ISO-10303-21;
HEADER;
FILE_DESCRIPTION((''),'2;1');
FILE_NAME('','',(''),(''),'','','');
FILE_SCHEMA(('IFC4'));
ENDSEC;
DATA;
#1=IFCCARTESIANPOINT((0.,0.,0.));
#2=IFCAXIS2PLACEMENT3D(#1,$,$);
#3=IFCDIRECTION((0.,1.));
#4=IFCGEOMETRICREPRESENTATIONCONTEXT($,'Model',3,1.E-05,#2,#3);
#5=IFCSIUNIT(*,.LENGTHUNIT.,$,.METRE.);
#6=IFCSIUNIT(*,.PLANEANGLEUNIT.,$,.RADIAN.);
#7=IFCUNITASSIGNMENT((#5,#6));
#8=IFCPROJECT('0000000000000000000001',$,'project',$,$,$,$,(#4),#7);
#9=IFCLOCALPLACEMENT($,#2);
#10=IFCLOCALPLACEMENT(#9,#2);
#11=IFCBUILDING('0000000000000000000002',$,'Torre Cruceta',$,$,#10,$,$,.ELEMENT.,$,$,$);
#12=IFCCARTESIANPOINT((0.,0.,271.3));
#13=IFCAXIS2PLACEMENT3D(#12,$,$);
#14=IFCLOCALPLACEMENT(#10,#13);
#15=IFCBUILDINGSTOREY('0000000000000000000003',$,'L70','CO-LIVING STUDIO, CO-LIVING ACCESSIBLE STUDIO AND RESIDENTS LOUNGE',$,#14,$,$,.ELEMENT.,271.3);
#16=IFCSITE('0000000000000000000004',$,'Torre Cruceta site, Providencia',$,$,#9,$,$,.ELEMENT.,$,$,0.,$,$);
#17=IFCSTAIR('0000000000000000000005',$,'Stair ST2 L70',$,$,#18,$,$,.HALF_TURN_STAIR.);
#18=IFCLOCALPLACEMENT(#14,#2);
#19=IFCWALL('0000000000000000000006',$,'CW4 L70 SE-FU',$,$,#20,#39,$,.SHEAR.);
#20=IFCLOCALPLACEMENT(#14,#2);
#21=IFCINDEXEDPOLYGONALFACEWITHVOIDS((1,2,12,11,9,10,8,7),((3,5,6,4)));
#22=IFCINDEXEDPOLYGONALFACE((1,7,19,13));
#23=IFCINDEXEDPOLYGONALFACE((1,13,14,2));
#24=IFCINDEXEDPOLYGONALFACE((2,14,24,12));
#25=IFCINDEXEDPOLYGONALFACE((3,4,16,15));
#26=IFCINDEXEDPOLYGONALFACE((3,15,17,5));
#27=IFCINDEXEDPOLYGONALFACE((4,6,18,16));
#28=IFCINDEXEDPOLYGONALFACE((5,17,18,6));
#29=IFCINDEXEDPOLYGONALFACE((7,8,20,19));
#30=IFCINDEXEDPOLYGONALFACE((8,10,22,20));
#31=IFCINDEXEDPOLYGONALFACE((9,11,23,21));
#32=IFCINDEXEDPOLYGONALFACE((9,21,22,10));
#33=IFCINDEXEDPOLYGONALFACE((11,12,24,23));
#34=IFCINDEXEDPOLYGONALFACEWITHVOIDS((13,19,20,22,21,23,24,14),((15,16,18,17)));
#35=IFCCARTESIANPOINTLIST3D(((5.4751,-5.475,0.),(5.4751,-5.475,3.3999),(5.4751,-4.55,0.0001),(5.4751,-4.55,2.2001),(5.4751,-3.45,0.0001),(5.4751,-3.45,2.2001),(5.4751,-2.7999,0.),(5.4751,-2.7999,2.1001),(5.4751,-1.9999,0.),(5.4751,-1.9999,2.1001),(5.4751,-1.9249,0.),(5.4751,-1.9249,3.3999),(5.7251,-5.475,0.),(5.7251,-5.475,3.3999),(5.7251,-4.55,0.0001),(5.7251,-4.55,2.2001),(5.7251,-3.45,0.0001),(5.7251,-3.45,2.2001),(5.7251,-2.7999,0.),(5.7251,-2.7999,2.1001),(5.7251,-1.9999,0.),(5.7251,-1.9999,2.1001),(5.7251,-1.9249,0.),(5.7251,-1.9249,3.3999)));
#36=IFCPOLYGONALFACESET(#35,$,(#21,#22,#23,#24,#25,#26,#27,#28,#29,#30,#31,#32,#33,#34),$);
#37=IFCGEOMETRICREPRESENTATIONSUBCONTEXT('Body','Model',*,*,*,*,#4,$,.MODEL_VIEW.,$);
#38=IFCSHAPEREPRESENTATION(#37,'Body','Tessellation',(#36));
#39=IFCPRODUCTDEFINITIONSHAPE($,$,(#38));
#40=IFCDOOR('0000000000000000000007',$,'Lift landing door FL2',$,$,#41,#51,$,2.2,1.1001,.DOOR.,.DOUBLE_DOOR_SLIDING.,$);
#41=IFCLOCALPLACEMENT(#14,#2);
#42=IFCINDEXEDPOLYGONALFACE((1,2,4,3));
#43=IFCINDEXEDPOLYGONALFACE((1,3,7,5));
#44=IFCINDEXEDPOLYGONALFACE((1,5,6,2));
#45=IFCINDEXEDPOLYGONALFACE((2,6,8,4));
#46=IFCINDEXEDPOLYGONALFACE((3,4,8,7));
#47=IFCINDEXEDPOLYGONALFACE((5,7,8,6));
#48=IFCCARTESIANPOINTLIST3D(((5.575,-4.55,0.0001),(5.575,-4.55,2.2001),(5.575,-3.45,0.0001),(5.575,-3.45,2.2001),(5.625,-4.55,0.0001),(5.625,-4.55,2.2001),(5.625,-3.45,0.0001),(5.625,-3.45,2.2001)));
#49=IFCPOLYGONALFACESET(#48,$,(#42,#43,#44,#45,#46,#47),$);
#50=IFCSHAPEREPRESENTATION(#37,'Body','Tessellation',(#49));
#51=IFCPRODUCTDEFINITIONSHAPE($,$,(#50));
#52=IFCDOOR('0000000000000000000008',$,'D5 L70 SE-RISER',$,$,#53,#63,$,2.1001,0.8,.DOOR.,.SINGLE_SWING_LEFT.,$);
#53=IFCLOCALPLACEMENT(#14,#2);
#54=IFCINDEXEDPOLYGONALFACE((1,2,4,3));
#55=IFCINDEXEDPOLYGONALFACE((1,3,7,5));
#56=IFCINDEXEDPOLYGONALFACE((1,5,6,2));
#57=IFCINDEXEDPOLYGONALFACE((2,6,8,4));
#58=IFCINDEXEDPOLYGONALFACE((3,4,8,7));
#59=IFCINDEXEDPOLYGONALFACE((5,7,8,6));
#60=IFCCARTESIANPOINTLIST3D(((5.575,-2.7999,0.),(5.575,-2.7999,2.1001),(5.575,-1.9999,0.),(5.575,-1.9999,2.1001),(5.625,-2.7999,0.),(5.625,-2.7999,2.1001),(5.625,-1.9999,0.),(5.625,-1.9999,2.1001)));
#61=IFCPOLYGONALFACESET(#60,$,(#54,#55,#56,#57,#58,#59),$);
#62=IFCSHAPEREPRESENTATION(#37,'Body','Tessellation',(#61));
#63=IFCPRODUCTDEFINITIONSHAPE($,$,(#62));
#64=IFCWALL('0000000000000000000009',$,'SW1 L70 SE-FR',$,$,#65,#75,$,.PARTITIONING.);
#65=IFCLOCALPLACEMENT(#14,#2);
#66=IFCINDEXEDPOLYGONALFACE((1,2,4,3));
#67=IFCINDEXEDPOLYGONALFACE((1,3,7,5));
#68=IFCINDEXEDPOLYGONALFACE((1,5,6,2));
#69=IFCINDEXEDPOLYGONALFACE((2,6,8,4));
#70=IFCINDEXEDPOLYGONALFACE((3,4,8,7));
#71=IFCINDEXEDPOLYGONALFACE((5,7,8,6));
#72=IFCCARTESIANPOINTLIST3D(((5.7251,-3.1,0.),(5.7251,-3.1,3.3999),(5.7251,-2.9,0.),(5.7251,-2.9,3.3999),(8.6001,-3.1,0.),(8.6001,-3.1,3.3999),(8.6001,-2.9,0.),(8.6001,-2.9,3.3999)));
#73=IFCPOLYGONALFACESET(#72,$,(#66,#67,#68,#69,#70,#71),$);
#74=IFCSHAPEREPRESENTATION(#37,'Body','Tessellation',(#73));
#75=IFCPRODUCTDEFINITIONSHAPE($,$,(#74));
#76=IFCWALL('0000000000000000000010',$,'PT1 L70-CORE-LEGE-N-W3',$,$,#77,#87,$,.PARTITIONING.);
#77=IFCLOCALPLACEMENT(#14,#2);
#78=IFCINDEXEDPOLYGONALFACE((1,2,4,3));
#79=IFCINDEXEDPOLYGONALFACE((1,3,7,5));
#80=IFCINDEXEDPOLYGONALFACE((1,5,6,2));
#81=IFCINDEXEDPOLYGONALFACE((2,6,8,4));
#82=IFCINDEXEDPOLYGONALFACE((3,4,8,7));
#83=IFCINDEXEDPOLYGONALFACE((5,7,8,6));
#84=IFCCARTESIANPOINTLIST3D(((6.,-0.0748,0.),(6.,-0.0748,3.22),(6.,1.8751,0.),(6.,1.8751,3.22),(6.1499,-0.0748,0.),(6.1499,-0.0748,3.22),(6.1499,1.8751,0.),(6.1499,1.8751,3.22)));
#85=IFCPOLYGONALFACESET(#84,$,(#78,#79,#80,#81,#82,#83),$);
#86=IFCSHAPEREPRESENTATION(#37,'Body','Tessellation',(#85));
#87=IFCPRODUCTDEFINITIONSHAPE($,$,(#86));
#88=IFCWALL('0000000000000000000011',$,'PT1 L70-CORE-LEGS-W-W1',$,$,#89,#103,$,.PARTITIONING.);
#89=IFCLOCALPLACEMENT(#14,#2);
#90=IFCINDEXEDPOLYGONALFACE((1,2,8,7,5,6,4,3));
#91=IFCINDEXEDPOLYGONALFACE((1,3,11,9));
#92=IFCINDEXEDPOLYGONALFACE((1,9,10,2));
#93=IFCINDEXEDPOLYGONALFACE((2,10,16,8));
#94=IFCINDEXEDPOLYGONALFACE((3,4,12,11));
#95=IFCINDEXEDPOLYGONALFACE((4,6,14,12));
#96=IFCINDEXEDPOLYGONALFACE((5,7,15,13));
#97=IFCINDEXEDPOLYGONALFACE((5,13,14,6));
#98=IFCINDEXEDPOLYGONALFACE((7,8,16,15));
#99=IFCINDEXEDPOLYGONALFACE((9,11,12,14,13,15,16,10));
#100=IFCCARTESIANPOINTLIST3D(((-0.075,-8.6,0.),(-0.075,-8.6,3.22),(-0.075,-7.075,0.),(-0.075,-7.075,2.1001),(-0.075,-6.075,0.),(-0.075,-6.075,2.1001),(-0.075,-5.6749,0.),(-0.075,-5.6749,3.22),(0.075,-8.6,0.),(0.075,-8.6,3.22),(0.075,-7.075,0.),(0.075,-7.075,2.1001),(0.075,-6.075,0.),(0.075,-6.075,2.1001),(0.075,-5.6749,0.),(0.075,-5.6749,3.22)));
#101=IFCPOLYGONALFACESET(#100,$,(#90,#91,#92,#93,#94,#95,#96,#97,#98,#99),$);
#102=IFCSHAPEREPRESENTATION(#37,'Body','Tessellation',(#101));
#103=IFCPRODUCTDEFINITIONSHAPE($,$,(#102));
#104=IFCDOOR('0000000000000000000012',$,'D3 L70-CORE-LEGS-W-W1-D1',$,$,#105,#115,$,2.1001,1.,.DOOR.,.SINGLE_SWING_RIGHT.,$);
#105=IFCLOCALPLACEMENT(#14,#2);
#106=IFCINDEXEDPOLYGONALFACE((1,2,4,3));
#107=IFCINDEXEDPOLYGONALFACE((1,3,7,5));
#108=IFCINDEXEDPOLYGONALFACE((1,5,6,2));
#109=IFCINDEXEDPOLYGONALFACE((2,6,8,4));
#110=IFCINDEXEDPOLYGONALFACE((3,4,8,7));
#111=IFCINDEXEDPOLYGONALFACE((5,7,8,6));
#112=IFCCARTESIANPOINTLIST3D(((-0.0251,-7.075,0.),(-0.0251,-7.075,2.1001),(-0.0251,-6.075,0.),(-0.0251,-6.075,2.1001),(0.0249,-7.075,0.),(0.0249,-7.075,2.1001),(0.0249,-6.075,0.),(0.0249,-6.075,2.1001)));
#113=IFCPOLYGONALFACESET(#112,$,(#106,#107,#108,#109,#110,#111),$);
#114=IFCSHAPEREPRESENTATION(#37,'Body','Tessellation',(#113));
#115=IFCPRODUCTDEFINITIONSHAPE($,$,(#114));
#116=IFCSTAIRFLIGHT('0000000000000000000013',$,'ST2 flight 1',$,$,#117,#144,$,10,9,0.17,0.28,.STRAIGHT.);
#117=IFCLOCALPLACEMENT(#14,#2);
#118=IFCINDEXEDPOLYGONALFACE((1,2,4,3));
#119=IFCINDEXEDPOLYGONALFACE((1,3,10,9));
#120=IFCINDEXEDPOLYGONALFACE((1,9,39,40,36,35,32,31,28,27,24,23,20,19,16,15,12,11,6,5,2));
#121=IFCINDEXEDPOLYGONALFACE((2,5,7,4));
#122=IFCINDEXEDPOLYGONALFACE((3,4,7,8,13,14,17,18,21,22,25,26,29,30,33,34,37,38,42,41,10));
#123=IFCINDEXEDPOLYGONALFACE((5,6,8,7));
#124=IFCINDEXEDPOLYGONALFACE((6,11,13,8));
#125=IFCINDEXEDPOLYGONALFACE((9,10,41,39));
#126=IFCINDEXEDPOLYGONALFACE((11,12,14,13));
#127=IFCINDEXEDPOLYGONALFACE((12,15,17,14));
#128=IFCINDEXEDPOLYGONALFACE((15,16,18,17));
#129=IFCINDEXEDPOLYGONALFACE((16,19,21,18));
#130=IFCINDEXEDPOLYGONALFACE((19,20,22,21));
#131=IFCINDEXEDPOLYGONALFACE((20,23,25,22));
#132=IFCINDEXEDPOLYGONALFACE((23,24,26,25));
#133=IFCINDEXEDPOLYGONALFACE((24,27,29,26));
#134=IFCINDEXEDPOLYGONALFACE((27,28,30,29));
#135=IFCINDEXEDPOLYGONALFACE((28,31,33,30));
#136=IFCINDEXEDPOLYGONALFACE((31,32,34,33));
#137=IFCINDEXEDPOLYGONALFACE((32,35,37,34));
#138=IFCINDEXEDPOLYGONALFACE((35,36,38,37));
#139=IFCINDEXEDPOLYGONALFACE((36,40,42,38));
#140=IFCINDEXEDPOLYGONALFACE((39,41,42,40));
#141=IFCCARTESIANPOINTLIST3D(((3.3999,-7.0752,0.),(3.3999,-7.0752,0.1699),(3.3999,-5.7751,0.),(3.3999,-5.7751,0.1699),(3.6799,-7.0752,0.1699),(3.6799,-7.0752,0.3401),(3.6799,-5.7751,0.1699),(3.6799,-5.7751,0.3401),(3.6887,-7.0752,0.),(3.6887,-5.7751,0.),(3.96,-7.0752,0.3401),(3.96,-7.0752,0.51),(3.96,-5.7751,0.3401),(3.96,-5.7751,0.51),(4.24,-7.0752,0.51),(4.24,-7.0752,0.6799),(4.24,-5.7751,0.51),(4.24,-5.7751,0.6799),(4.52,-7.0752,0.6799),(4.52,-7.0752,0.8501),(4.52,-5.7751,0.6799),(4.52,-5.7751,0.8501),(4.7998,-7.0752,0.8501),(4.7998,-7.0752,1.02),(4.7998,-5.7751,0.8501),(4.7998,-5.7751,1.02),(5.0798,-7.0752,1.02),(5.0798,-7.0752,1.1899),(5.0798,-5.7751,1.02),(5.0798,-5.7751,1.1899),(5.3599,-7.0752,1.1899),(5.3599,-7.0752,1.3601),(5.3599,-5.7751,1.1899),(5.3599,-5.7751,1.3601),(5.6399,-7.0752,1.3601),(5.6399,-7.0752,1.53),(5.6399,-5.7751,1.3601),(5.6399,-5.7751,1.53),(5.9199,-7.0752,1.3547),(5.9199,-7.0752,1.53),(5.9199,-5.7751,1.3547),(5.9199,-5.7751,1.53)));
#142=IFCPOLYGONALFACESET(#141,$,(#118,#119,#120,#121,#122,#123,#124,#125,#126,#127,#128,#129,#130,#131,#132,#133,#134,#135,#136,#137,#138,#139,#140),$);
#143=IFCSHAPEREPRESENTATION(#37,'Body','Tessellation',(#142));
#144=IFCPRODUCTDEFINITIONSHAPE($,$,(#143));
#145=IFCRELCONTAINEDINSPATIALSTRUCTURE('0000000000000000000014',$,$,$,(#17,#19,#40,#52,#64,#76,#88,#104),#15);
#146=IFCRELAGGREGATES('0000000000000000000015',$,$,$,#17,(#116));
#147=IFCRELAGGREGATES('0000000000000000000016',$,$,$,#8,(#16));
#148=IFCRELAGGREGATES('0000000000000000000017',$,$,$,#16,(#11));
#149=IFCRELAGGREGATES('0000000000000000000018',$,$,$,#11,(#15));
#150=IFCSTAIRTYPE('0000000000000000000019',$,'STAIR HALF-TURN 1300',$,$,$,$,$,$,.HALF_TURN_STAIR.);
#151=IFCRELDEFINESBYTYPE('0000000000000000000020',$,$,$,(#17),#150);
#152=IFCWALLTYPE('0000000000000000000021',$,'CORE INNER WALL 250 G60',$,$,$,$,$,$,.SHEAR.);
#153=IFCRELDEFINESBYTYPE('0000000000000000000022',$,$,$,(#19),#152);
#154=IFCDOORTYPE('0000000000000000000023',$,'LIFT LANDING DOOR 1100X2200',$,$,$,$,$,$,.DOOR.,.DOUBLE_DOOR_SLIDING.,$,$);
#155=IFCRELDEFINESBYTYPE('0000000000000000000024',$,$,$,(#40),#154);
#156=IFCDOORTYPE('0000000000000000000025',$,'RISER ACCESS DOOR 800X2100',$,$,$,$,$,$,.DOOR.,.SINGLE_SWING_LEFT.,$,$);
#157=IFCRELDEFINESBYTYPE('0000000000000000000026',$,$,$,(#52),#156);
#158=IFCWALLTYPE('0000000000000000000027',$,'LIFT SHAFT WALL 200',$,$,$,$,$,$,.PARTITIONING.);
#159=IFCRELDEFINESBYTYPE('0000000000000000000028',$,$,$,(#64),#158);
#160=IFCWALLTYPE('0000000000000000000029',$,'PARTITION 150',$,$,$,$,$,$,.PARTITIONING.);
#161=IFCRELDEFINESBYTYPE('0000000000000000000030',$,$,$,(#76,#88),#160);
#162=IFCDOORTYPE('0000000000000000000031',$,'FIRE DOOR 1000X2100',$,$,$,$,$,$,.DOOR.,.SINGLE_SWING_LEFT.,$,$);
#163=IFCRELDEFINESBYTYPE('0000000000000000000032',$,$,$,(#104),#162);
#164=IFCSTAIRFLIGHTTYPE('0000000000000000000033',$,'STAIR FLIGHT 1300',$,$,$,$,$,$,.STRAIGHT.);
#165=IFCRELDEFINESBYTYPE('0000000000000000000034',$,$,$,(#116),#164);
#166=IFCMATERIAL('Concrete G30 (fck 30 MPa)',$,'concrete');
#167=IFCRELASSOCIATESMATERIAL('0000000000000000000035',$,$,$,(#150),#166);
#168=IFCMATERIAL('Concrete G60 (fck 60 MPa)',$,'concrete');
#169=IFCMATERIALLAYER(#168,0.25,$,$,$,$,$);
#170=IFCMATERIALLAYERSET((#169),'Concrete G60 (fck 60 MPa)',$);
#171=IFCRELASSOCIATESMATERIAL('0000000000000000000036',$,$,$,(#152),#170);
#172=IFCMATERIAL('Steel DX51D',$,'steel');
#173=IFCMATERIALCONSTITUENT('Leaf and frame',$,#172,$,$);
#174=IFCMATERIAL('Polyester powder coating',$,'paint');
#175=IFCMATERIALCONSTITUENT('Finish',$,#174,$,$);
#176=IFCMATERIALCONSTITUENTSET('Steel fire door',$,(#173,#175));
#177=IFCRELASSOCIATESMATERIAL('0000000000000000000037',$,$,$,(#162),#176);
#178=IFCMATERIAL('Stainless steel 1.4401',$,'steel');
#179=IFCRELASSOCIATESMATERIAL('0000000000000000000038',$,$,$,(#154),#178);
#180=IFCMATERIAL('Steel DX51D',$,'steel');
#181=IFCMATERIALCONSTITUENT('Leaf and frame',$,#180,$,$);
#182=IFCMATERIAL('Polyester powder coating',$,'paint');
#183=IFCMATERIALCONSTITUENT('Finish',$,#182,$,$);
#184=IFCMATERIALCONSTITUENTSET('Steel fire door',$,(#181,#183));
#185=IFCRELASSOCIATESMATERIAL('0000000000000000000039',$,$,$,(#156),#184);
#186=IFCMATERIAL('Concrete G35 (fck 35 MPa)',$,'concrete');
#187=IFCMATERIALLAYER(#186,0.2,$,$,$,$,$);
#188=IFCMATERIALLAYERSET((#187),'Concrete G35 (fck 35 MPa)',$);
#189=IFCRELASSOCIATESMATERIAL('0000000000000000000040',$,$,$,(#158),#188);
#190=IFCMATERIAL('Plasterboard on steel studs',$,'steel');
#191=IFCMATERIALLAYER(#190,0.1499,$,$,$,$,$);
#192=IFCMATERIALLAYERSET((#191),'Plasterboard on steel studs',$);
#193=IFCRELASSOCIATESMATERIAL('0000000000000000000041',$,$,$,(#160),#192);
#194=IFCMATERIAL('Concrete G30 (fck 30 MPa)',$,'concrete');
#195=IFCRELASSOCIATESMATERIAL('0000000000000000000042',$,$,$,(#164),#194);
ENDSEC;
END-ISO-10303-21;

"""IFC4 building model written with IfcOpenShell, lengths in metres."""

from ifc_helpers import new_model, si_unit, direction, frame, frame_2d, origin, place, context, subcontext, project, spatial, polyline, rectangle, outline, extrude, material, layer, layer_set, constituent, constituent_set, type_object, element, fill, aggregate, save


model = new_model("IFC4")

# Units and contexts
model_context = context("Model", 3, precision=1e-05, world=origin(), true_north=direction((0.0, 1.0)))
body_context = subcontext(model_context, "Body", "Model", "MODEL_VIEW")
ifc_project = project(units=[si_unit("LENGTHUNIT", "METRE"), si_unit("PLANEANGLEUNIT", "RADIAN")], contexts=[model_context])

# Site, building, storey
site_placement = place(None, origin())
site = spatial("IfcSite", under=ifc_project, at=site_placement, Name="Torre Cruceta site, Providencia", CompositionType="ELEMENT", RefElevation=0.0)
building_placement = place(site_placement, origin())
building = spatial("IfcBuilding", under=site, at=building_placement, Name="Torre Cruceta", CompositionType="ELEMENT")
storey_placement = place(building_placement, frame((0.0, 0.0, 271.3)))
storey = spatial("IfcBuildingStorey", under=building, at=storey_placement, Name="L70", Description="CO-LIVING STUDIO, CO-LIVING ACCESSIBLE STUDIO AND RESIDENTS LOUNGE", CompositionType="ELEMENT", Elevation=271.3)

# Stair
ifc_material_1 = material(Name="Concrete G30 (fck 30 MPa)", Category="concrete")
stair_type = type_object("IfcStairType", Name="STAIR HALF-TURN 1300", PredefinedType="HALF_TURN_STAIR", material=ifc_material_1)
stair_1_placement = place(storey_placement, origin())
stair_1 = element("IfcStair", 1, at=stair_1_placement, inside=storey, type_object=stair_type, Name="Stair ST2 L70", PredefinedType="HALF_TURN_STAIR")

# Shared definitions
ifc_material_2 = material(Name="Concrete G60 (fck 60 MPa)", Category="concrete")
ifc_layer_1 = layer(ifc_material_2, 0.25)
ifc_layer_set_1 = layer_set([ifc_layer_1], Name="Concrete G60 (fck 60 MPa)")
wall_type_1 = type_object("IfcWallType", Name="CORE INNER WALL 250 G60", PredefinedType="SHEAR", material=ifc_layer_set_1)
ifc_material_3 = material(Name="Steel DX51D", Category="steel")
ifc_constituent_1 = constituent(ifc_material_3, Name="Leaf and frame")
ifc_material_4 = material(Name="Polyester powder coating", Category="paint")
ifc_constituent_2 = constituent(ifc_material_4, Name="Finish")
ifc_constituent_set_1 = constituent_set(constituents=[ifc_constituent_1, ifc_constituent_2], Name="Steel fire door")
door_type_1 = type_object("IfcDoorType", Name="FIRE DOOR 1000X2100", OperationType="SINGLE_SWING_LEFT", PredefinedType="DOOR", material=ifc_constituent_set_1)

# Wall, openings, doors
wall_1_placement = place(storey_placement, frame((5.6001, -1.925, 0.0), z_axis=(0.0, 0.0, 1.0), x_axis=(0.0, -1.0, 0.0)))
wall_1 = element("IfcWall", 2, at=wall_1_placement, inside=storey, type_object=wall_type_1, Name="CW4 L70 SE-FU", PredefinedType="SHEAR", context=body_context, shape_type="SweptSolid", body=[
    extrude(rectangle(XDim=3.55, YDim=0.25, at=frame_2d((1.7749, 0.0))), origin(), (0.0, 0.0, 1.0), 3.3999),
])
opening_1_placement = place(wall_1_placement, frame((1.5249, 0.0, 0.0)))
opening_1 = element("IfcOpeningElement", 3, at=opening_1_placement, cuts=wall_1, PredefinedType="OPENING", context=body_context, shape_type="SweptSolid", body=[
    extrude(rectangle(XDim=1.1001, YDim=2.2, at=frame_2d((0.55, 1.1001))), frame((0.0, 0.135, 0.0), z_axis=(0.0, -1.0, 0.0), x_axis=(1.0, 0.0, 0.0)), (0.0, 0.0, 1.0), 0.27),
])
opening_2_placement = place(wall_1_placement, frame((0.075, 0.0, 0.0)))
opening_2 = element("IfcOpeningElement", 4, at=opening_2_placement, cuts=wall_1, PredefinedType="OPENING", context=body_context, shape_type="SweptSolid", body=[
    extrude(rectangle(XDim=0.8, YDim=2.1001, at=frame_2d((0.3999, 1.05))), frame((0.0, 0.135, 0.0), z_axis=(0.0, -1.0, 0.0), x_axis=(1.0, 0.0, 0.0)), (0.0, 0.0, 1.0), 0.27),
])
ifc_material_5 = material(Name="Stainless steel 1.4401", Category="steel")
door_type_2 = type_object("IfcDoorType", Name="LIFT LANDING DOOR 1100X2200", OperationType="DOUBLE_DOOR_SLIDING", PredefinedType="DOOR", material=ifc_material_5)
door_1_placement = place(opening_1_placement, origin())
door_1 = element("IfcDoor", 5, at=door_1_placement, inside=storey, type_object=door_type_2, Name="Lift landing door FL2", OperationType="DOUBLE_DOOR_SLIDING", OverallHeight=2.2, OverallWidth=1.1001, PredefinedType="DOOR", context=body_context, shape_type="SweptSolid", body=[
    extrude(rectangle(XDim=1.1001, YDim=2.2, at=frame_2d((0.55, 1.1001))), frame((0.0, 0.0249, 0.0), z_axis=(0.0, -1.0, 0.0), x_axis=(1.0, 0.0, 0.0)), (0.0, 0.0, 1.0), 0.05),
])
fill(opening_1, door_1)
ifc_material_6 = material(Name="Steel DX51D", Category="steel")
ifc_constituent_3 = constituent(ifc_material_6, Name="Leaf and frame")
ifc_material_7 = material(Name="Polyester powder coating", Category="paint")
ifc_constituent_4 = constituent(ifc_material_7, Name="Finish")
ifc_constituent_set_2 = constituent_set(constituents=[ifc_constituent_3, ifc_constituent_4], Name="Steel fire door")
door_type_3 = type_object("IfcDoorType", Name="RISER ACCESS DOOR 800X2100", OperationType="SINGLE_SWING_LEFT", PredefinedType="DOOR", material=ifc_constituent_set_2)
door_2_placement = place(opening_2_placement, origin())
door_2 = element("IfcDoor", 6, at=door_2_placement, inside=storey, type_object=door_type_3, Name="D5 L70 SE-RISER", OperationType="SINGLE_SWING_LEFT", OverallHeight=2.1001, OverallWidth=0.8, PredefinedType="DOOR", context=body_context, shape_type="SweptSolid", body=[
    extrude(rectangle(XDim=0.8, YDim=2.1001, at=frame_2d((0.3999, 1.05))), frame((0.0, 0.0249, 0.0), z_axis=(0.0, -1.0, 0.0), x_axis=(1.0, 0.0, 0.0)), (0.0, 0.0, 1.0), 0.05),
])
fill(opening_2, door_2)

# Walls
ifc_material_8 = material(Name="Concrete G35 (fck 35 MPa)", Category="concrete")
ifc_layer_2 = layer(ifc_material_8, 0.2)
ifc_layer_set_2 = layer_set([ifc_layer_2], Name="Concrete G35 (fck 35 MPa)")
wall_type_2 = type_object("IfcWallType", Name="LIFT SHAFT WALL 200", PredefinedType="PARTITIONING", material=ifc_layer_set_2)
wall_2_placement = place(storey_placement, frame((5.7251, -3.0, 0.0), z_axis=(0.0, 0.0, 1.0), x_axis=(1.0, 0.0, 0.0)))
element("IfcWall", 7, at=wall_2_placement, inside=storey, type_object=wall_type_2, Name="SW1 L70 SE-FR", PredefinedType="PARTITIONING", context=body_context, shape_type="SweptSolid", body=[
    extrude(rectangle(XDim=2.875, YDim=0.2, at=frame_2d((1.4375, 0.0))), origin(), (0.0, 0.0, 1.0), 3.3999),
])
ifc_material_9 = material(Name="Plasterboard on steel studs", Category="steel")
ifc_layer_3 = layer(ifc_material_9, 0.1499)
ifc_layer_set_3 = layer_set([ifc_layer_3], Name="Plasterboard on steel studs")
wall_type_3 = type_object("IfcWallType", Name="PARTITION 150", PredefinedType="PARTITIONING", material=ifc_layer_set_3)
wall_3_placement = place(storey_placement, frame((6.075, -0.075, 0.0), z_axis=(0.0, 0.0, 1.0), x_axis=(0.0, 1.0, 0.0)))
element("IfcWall", 8, at=wall_3_placement, inside=storey, type_object=wall_type_3, Name="PT1 L70-CORE-LEGE-N-W3", PredefinedType="PARTITIONING", context=body_context, shape_type="SweptSolid", body=[
    extrude(rectangle(XDim=1.95, YDim=0.1499, at=frame_2d((0.9751, 0.0))), origin(), (0.0, 0.0, 1.0), 3.22),
])

# Wall, opening, door
wall_4_placement = place(storey_placement, frame((0.0, -5.675, 0.0), z_axis=(0.0, 0.0, 1.0), x_axis=(0.0, -1.0, 0.0)))
wall_4 = element("IfcWall", 9, at=wall_4_placement, inside=storey, type_object=wall_type_3, Name="PT1 L70-CORE-LEGS-W-W1", PredefinedType="PARTITIONING", context=body_context, shape_type="SweptSolid", body=[
    extrude(rectangle(XDim=2.925, YDim=0.1499, at=frame_2d((1.4624, 0.0))), origin(), (0.0, 0.0, 1.0), 3.22),
])
opening_3_placement = place(wall_4_placement, frame((0.3999, 0.0, 0.0)))
opening_3 = element("IfcOpeningElement", 10, at=opening_3_placement, cuts=wall_4, PredefinedType="OPENING", context=body_context, shape_type="SweptSolid", body=[
    extrude(rectangle(XDim=1.0, YDim=2.1001, at=frame_2d((0.5, 1.05))), frame((0.0, 0.085, 0.0), z_axis=(0.0, -1.0, 0.0), x_axis=(1.0, 0.0, 0.0)), (0.0, 0.0, 1.0), 0.1699),
])
door_3_placement = place(opening_3_placement, frame((1.0, 0.0, 0.0), z_axis=(0.0, 0.0, 1.0), x_axis=(-1.0, 0.0, 0.0)))
door_3 = element("IfcDoor", 11, at=door_3_placement, inside=storey, type_object=door_type_1, Name="D3 L70-CORE-LEGS-W-W1-D1", OperationType="SINGLE_SWING_RIGHT", OverallHeight=2.1001, OverallWidth=1.0, PredefinedType="DOOR", context=body_context, shape_type="SweptSolid", body=[
    extrude(rectangle(XDim=1.0, YDim=2.1001, at=frame_2d((0.5, 1.05))), frame((0.0, 0.0251, 0.0), z_axis=(0.0, -1.0, 0.0), x_axis=(1.0, 0.0, 0.0)), (0.0, 0.0, 1.0), 0.05),
])
fill(opening_3, door_3)

# Stair flight
ifc_material_10 = material(Name="Concrete G30 (fck 30 MPa)", Category="concrete")
stair_flight_type = type_object("IfcStairFlightType", Name="STAIR FLIGHT 1300", PredefinedType="STRAIGHT", material=ifc_material_10)
stair_flight_placement = place(storey_placement, frame((3.3999, -6.425, 0.0), z_axis=(0.0, 0.0, 1.0), x_axis=(1.0, 0.0, 0.0)))
stair_flight = element("IfcStairFlight", 12, at=stair_flight_placement, type_object=stair_flight_type, Name="ST2 flight 1", NumberOfRisers=10, NumberOfTreads=9, PredefinedType="STRAIGHT", RiserHeight=0.17, TreadLength=0.28, context=body_context, shape_type="SweptSolid", body=[
    extrude(outline(polyline([(0.0, 0.0), (0.0, 0.1699), (0.28, 0.1699), (0.28, 0.3401), (0.5601, 0.3401), (0.5601, 0.51), (0.8401, 0.51), (0.8401, 0.6799), (1.1201, 0.6799), (1.1201, 0.8501), (1.3999, 0.8501), (1.3999, 1.02), (1.6799, 1.02), (1.6799, 1.1899), (1.96, 1.1899), (1.96, 1.3601), (2.24, 1.3601), (2.24, 1.53), (2.52, 1.53), (2.52, 1.7), (2.52, 1.3547), (0.2888, 0.0), (0.0, 0.0)])), frame((0.0, 0.6499, 0.0), z_axis=(0.0, -1.0, 0.0), x_axis=(1.0, 0.0, 0.0)), (0.0, 0.0, 1.0), 1.3),
])
aggregate(stair_1, [stair_flight])

save(model, "model.ifc")
